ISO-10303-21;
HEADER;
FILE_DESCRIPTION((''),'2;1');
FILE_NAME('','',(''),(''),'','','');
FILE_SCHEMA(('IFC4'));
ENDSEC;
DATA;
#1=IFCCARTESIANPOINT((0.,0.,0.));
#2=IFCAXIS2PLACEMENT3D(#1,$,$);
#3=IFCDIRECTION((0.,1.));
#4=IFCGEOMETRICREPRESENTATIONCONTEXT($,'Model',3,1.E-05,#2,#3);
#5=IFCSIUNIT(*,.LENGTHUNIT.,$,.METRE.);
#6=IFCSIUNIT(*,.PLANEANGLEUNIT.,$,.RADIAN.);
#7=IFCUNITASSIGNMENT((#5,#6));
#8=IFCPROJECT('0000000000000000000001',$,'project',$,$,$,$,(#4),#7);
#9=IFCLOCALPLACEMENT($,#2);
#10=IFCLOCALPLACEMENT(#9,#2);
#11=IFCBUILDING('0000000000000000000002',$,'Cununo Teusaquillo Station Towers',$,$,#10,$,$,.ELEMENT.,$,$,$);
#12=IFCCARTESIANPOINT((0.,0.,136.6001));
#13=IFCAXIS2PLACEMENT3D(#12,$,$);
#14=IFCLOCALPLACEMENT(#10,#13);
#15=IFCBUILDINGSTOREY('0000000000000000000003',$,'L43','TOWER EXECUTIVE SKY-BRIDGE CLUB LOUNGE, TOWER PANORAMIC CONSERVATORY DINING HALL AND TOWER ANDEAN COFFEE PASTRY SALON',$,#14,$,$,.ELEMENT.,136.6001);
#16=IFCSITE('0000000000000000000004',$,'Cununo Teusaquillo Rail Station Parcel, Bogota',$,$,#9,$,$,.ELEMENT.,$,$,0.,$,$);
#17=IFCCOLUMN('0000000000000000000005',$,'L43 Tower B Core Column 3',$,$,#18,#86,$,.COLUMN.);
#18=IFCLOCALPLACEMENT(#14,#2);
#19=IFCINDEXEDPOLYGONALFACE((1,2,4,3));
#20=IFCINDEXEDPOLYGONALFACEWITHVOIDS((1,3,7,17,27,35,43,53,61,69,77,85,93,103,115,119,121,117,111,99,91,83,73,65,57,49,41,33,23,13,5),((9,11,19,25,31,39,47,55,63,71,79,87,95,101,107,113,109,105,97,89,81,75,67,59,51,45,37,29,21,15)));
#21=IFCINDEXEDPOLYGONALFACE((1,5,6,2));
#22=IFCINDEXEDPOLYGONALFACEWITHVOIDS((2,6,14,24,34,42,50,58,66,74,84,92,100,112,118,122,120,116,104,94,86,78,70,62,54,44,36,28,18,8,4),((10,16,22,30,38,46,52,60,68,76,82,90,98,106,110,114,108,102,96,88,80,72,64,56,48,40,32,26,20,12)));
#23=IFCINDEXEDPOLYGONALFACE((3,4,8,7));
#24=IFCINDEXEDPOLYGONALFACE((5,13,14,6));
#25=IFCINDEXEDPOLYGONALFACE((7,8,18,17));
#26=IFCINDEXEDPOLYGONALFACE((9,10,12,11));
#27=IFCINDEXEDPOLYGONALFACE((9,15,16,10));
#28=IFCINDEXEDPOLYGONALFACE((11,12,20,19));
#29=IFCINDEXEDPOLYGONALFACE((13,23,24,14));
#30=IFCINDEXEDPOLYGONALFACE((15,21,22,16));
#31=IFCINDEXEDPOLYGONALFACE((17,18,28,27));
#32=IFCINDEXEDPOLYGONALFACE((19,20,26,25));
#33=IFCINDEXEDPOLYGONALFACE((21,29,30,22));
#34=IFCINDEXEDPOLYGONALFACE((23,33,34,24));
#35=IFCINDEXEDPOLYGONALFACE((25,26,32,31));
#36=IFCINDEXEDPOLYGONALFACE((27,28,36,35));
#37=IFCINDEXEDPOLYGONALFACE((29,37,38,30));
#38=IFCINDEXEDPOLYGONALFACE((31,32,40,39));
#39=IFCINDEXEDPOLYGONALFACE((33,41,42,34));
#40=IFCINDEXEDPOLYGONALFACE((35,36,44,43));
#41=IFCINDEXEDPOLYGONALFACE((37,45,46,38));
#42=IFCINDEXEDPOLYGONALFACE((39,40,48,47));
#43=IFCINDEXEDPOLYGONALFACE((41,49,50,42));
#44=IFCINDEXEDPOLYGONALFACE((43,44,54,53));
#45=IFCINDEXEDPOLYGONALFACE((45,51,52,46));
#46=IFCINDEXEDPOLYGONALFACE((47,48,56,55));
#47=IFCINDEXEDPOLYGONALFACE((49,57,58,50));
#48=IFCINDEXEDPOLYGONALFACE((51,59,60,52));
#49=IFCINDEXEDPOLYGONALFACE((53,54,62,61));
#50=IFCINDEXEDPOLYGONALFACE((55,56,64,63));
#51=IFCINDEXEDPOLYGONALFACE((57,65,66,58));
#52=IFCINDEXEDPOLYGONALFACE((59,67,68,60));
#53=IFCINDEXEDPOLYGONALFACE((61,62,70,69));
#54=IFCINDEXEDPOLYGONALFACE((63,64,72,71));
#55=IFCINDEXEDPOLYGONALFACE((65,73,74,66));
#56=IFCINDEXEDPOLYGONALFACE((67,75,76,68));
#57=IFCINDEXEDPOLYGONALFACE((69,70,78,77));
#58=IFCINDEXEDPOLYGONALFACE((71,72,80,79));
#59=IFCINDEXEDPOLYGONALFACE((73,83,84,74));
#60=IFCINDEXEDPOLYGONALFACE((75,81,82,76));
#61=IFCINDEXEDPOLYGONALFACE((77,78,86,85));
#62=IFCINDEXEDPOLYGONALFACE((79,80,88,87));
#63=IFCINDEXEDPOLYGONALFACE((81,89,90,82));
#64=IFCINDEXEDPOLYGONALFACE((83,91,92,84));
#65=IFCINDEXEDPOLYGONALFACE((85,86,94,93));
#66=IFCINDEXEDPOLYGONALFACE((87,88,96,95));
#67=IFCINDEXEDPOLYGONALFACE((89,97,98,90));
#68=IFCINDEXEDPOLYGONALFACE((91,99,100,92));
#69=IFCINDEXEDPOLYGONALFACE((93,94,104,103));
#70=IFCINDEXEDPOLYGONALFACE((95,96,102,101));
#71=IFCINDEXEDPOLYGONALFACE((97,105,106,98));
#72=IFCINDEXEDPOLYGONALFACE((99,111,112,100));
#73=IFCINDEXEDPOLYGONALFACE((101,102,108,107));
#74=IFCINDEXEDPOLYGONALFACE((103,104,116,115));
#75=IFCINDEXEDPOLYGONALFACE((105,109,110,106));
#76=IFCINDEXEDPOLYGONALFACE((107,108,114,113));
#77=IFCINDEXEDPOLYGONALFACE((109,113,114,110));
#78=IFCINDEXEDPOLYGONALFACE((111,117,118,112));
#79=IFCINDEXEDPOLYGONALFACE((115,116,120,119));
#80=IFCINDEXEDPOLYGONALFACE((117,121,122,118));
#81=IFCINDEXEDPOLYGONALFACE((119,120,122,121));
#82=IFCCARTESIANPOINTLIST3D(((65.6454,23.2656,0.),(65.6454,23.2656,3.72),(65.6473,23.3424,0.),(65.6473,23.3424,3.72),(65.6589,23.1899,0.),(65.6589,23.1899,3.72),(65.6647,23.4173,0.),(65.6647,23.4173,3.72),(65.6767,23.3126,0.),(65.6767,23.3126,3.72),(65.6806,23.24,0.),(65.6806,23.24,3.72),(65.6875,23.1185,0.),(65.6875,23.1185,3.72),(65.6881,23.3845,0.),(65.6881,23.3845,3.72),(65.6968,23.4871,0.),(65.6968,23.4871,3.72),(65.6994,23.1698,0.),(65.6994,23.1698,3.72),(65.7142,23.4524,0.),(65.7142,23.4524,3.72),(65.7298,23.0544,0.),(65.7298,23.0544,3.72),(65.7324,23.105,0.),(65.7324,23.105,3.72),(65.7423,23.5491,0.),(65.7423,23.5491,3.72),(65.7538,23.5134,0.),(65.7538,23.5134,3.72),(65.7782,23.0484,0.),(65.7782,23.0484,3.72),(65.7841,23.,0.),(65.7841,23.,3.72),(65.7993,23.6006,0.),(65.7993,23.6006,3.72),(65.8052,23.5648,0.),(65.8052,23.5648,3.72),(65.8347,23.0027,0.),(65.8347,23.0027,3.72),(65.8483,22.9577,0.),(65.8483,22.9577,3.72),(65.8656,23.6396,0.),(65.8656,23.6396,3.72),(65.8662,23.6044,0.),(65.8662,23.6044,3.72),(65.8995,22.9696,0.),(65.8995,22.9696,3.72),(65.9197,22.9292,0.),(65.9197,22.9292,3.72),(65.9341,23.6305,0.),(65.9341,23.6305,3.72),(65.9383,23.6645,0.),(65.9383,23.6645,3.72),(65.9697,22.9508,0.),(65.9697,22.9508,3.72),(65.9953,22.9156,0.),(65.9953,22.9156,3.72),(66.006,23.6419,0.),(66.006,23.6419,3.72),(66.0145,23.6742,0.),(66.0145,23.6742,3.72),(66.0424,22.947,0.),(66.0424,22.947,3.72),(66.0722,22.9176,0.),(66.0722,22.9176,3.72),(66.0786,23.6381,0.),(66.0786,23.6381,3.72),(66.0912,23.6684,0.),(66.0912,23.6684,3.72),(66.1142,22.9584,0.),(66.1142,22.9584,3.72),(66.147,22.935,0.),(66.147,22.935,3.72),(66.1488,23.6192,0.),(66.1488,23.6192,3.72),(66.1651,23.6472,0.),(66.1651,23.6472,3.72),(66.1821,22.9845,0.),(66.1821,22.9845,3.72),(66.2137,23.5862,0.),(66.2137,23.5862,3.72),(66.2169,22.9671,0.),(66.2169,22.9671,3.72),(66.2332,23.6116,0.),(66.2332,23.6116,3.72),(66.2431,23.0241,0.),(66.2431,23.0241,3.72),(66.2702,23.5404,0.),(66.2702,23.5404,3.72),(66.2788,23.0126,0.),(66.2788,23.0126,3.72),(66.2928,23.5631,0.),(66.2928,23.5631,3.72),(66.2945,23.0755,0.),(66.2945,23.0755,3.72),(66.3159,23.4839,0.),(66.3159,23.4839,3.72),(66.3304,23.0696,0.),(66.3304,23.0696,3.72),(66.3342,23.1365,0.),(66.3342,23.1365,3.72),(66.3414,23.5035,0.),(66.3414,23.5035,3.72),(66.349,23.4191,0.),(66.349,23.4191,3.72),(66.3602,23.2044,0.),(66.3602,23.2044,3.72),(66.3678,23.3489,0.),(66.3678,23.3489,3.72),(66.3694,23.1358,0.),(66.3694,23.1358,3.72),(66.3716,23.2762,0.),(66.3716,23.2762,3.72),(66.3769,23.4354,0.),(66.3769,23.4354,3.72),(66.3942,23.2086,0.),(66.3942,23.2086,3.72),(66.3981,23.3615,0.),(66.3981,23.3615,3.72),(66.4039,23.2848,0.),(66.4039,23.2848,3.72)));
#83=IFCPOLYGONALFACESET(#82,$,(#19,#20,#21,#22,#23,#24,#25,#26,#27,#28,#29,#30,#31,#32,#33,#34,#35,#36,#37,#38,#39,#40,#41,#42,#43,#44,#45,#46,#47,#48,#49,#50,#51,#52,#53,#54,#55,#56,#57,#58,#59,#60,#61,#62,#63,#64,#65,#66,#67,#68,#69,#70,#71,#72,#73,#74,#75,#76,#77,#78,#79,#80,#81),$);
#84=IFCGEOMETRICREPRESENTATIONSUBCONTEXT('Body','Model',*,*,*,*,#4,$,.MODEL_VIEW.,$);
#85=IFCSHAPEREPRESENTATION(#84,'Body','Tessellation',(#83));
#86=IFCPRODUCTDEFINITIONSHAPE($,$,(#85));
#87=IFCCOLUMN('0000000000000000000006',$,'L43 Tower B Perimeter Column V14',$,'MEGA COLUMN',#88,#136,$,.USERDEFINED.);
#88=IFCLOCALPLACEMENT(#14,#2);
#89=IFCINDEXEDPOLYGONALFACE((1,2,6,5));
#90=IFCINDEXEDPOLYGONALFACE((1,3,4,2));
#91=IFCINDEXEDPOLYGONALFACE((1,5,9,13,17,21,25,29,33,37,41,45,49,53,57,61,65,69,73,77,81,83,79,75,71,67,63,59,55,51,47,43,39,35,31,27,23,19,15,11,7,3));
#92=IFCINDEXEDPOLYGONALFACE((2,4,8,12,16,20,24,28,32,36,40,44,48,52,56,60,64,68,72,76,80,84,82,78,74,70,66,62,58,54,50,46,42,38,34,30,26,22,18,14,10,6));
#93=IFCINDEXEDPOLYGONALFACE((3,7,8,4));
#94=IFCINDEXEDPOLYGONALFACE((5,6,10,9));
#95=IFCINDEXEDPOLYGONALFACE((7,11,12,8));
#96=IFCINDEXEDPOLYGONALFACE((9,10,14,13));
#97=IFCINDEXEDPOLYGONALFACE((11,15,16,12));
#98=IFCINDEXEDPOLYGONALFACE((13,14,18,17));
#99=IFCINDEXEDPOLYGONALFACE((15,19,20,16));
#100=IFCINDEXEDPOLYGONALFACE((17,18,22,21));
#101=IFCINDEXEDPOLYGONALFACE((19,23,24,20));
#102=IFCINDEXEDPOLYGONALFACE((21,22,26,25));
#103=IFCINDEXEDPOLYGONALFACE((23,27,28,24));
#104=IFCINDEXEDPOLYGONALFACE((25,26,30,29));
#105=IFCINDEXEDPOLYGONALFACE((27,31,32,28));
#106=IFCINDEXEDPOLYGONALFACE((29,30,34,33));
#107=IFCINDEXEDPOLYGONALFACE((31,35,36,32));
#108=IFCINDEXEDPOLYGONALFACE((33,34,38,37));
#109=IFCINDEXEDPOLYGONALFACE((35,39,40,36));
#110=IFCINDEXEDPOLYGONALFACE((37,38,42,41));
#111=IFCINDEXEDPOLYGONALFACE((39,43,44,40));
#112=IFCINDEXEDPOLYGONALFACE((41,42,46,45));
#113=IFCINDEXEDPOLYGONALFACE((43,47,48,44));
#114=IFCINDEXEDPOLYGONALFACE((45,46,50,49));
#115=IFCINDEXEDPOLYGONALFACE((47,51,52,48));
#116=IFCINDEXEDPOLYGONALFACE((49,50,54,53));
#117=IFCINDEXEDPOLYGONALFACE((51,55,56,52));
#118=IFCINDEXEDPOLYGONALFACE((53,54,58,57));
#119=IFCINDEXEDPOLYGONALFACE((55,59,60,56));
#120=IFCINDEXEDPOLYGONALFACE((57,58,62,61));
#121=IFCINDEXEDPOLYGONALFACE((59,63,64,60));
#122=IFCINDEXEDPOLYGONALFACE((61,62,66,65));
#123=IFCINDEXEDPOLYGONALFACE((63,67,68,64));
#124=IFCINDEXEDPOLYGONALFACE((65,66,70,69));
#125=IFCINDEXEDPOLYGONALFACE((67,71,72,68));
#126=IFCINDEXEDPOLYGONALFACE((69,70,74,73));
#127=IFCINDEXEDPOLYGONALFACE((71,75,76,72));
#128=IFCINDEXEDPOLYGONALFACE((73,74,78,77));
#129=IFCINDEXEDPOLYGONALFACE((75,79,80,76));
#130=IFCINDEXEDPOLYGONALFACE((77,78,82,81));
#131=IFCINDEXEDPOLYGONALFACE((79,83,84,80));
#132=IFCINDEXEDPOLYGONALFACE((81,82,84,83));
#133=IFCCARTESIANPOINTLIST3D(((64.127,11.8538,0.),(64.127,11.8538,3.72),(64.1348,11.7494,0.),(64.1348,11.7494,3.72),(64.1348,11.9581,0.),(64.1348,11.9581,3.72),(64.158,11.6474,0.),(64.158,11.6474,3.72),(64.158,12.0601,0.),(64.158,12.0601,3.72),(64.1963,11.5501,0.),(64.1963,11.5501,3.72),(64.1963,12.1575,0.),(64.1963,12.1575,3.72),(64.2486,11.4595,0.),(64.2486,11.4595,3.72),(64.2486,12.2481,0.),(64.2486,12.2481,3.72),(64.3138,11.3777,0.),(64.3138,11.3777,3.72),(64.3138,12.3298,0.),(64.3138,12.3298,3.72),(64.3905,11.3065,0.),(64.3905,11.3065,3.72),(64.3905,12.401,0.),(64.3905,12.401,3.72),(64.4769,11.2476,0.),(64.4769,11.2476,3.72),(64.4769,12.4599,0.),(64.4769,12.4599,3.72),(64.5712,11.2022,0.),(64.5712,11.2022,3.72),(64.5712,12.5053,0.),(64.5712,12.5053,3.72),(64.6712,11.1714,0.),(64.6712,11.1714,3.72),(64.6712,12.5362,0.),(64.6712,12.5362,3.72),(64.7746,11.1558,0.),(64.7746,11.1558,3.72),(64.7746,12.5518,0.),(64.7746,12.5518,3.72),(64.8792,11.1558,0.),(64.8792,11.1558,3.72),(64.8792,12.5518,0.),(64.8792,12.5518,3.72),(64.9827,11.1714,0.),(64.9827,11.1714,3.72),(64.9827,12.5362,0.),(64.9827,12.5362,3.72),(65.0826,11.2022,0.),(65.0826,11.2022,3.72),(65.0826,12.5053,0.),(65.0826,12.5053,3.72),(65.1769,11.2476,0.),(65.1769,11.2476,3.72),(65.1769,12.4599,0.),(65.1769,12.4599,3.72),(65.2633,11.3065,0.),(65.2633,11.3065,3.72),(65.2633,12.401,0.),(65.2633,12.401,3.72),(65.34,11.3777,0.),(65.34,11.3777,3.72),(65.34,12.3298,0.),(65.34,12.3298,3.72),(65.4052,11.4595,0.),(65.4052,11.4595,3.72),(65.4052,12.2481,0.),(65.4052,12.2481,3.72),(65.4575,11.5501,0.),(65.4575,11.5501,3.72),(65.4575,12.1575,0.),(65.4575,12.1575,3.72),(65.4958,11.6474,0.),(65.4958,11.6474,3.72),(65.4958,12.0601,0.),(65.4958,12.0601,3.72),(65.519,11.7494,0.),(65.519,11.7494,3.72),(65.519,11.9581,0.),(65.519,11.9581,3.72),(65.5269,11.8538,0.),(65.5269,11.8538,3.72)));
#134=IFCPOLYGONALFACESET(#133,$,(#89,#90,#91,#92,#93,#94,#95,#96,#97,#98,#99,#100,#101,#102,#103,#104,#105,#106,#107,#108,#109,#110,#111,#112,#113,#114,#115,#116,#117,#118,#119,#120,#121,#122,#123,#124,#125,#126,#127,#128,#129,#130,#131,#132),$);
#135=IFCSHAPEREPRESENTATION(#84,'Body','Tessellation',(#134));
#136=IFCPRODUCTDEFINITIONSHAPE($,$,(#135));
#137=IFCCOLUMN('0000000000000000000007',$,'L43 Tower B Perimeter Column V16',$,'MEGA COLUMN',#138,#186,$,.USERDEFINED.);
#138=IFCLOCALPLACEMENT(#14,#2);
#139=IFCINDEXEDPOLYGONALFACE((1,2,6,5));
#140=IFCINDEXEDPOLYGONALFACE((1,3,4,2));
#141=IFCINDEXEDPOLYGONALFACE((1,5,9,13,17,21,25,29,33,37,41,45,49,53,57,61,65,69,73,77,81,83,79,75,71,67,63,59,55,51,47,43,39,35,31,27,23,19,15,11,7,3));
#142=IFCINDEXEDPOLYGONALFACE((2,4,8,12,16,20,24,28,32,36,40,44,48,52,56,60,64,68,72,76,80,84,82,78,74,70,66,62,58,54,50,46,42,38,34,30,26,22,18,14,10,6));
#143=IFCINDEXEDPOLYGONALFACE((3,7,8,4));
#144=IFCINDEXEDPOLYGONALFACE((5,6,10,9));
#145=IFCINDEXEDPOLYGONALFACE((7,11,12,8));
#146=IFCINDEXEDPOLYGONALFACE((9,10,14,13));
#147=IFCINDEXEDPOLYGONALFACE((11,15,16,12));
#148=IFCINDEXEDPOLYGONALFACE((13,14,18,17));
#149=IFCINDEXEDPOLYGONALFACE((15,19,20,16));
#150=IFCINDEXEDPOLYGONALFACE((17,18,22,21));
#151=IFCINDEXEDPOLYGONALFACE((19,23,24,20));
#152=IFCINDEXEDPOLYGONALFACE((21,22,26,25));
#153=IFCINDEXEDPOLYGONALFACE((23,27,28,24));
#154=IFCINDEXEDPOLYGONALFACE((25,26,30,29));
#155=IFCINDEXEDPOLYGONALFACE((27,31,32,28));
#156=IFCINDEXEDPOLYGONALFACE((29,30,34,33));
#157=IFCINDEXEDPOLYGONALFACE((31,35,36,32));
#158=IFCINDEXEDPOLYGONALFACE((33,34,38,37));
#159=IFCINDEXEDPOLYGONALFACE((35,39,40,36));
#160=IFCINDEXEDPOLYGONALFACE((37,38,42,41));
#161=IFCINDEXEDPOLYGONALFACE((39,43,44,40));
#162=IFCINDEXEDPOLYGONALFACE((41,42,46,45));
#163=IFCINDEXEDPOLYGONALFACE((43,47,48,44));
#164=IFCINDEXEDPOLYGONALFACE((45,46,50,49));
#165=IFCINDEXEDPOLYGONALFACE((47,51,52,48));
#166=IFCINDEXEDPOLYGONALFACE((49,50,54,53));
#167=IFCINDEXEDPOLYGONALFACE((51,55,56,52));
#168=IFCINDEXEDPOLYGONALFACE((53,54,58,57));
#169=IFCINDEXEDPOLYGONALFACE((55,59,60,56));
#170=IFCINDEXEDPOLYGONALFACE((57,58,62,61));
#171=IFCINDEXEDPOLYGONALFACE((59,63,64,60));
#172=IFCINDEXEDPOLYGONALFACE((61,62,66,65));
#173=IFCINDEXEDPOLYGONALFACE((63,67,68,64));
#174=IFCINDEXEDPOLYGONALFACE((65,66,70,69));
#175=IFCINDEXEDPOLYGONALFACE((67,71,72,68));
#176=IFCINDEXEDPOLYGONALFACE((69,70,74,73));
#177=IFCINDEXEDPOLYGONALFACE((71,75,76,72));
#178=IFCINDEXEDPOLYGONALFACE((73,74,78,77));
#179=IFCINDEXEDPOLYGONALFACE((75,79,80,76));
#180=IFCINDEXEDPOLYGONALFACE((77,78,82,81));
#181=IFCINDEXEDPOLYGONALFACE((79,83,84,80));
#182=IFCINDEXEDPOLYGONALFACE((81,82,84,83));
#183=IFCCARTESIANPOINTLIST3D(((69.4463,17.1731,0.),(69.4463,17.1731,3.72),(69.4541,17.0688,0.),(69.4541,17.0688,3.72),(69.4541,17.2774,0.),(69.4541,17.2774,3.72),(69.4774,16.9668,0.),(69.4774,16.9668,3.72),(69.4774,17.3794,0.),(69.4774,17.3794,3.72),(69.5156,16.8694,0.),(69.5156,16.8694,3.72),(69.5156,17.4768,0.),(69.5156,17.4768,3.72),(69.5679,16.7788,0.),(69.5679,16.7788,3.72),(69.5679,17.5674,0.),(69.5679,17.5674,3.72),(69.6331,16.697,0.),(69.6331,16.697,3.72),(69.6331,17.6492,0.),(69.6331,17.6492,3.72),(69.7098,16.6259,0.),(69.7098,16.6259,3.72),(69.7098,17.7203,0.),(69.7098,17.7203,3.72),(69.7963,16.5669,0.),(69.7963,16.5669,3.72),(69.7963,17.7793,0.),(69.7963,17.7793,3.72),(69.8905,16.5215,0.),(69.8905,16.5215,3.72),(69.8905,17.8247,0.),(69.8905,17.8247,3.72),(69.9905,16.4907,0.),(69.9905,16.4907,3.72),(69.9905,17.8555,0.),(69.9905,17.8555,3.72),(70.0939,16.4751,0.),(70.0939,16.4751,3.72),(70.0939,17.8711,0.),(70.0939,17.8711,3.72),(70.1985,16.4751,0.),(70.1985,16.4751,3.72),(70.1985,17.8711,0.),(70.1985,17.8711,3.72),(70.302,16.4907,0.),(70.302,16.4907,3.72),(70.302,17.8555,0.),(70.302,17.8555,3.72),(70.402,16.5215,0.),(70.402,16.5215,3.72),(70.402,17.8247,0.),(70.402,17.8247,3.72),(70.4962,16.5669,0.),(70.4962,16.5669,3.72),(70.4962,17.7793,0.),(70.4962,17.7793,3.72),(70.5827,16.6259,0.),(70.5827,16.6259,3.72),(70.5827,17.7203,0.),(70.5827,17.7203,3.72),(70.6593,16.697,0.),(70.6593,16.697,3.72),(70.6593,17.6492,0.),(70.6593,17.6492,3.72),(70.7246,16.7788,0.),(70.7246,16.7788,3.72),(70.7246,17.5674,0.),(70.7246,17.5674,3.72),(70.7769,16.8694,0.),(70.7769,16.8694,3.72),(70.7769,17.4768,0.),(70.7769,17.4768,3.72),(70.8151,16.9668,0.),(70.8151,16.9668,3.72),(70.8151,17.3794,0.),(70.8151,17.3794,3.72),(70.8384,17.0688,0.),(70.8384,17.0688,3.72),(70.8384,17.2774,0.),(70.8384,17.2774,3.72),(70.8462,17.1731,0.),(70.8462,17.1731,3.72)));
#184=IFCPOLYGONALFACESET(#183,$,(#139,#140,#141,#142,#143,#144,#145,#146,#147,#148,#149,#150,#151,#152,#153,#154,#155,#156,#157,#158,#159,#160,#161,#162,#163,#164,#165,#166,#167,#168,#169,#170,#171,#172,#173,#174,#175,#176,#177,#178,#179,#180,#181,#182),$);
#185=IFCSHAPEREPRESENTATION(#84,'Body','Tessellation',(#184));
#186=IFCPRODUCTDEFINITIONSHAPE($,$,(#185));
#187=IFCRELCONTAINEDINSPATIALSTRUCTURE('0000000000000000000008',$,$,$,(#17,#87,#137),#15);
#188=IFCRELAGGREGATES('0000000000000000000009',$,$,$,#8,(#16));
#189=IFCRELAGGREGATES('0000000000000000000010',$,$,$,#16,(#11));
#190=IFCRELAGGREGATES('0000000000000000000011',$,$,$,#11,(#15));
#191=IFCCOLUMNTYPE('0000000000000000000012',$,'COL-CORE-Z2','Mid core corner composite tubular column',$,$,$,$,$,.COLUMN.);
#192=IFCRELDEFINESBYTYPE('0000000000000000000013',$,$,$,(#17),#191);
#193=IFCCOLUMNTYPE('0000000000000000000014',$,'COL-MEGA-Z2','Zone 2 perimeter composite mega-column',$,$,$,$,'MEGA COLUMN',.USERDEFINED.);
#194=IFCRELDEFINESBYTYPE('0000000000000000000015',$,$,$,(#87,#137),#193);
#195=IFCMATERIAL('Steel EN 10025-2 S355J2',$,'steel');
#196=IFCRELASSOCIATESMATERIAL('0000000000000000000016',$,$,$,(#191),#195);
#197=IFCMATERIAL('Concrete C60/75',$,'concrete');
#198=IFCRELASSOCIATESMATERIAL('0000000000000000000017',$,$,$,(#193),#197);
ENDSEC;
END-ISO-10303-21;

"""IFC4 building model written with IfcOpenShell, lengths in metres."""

from ifc_helpers import new_model, si_unit, direction, frame, origin, origin_2d, place, context, subcontext, project, spatial, circle, hollow_circle, extrude, material, material_profile, profile_set, type_object, element, save


model = new_model("IFC4")

# Units and contexts
model_context = context("Model", 3, precision=1e-05, world=origin(), true_north=direction((0.0, 1.0)))
body_context = subcontext(model_context, "Body", "Model", "MODEL_VIEW")
ifc_project = project(units=[si_unit("LENGTHUNIT", "METRE"), si_unit("PLANEANGLEUNIT", "RADIAN")], contexts=[model_context])

# Site, building, storey
site_placement = place(None, origin())
site = spatial("IfcSite", under=ifc_project, at=site_placement, Name="Cununo Teusaquillo Rail Station Parcel, Bogota", CompositionType="ELEMENT", RefElevation=0.0)
building_placement = place(site_placement, origin())
building = spatial("IfcBuilding", under=site, at=building_placement, Name="Cununo Teusaquillo Station Towers", CompositionType="ELEMENT")
storey_placement = place(building_placement, frame((0.0, 0.0, 136.6001)))
storey = spatial("IfcBuildingStorey", under=building, at=storey_placement, Name="L43", Description="TOWER EXECUTIVE SKY-BRIDGE CLUB LOUNGE, TOWER PANORAMIC CONSERVATORY DINING HALL AND TOWER ANDEAN COFFEE PASTRY SALON", CompositionType="ELEMENT", Elevation=136.6001)

# Columns
ifc_material_1 = material(Name="Steel EN 10025-2 S355J2", Category="steel")
ifc_material_profile_1 = material_profile(ifc_material_1, hollow_circle(Radius=0.3799, WallThickness=0.032, at=origin_2d()), Name="CHS 760x32")
ifc_profile_set_1 = profile_set([ifc_material_profile_1], Name="Steel EN 10025-2 S355J2")
column_type_1 = type_object("IfcColumnType", Name="COL-CORE-Z2", Description="Mid core corner composite tubular column", PredefinedType="COLUMN", material=ifc_profile_set_1)
column_placement = place(storey_placement, frame((66.0242, 23.2944, 0.0), z_axis=(0.0, 0.0, 1.0), x_axis=(0.707107, 0.707107, 0.0)))
element("IfcColumn", 1, at=column_placement, inside=storey, type_object=column_type_1, Name="L43 Tower B Core Column 3", PredefinedType="COLUMN", context=body_context, shape_type="SweptSolid", body=[
    extrude(hollow_circle(Radius=0.3799, WallThickness=0.032, at=origin_2d()), origin(), (0.0, 0.0, 1.0), 3.72),
])
ifc_material_2 = material(Name="Concrete C60/75", Category="concrete")
ifc_material_profile_2 = material_profile(ifc_material_2, circle(Radius=0.7, at=origin_2d()), Name="RC-CIRC-1400")
ifc_profile_set_2 = profile_set([ifc_material_profile_2], Name="Concrete C60/75")
column_type_2 = type_object("IfcColumnType", Name="COL-MEGA-Z2", Description="Zone 2 perimeter composite mega-column", ElementType="MEGA COLUMN", PredefinedType="USERDEFINED", material=ifc_profile_set_2)
for number, where, z_axis, x_axis, name in (
    (2, (64.8269, 11.8538, 0.0), (0.0, 0.0, 1.0), (1.0, 0.0, 0.0), "L43 Tower B Perimeter Column V14"),
    (3, (70.1462, 17.1731, 0.0), (0.0, 0.0, 1.0), (1.0, 0.0, 0.0), "L43 Tower B Perimeter Column V16"),
):
    element("IfcColumn", number, at=place(storey_placement, frame(where, z_axis=z_axis, x_axis=x_axis)), inside=storey, type_object=column_type_2, Name=name, ObjectType="MEGA COLUMN", PredefinedType="USERDEFINED", context=body_context, shape_type="SweptSolid", body=[
        extrude(circle(Radius=0.7, at=origin_2d()), origin(), (0.0, 0.0, 1.0), 3.72),
    ])

save(model, "model.ifc")
